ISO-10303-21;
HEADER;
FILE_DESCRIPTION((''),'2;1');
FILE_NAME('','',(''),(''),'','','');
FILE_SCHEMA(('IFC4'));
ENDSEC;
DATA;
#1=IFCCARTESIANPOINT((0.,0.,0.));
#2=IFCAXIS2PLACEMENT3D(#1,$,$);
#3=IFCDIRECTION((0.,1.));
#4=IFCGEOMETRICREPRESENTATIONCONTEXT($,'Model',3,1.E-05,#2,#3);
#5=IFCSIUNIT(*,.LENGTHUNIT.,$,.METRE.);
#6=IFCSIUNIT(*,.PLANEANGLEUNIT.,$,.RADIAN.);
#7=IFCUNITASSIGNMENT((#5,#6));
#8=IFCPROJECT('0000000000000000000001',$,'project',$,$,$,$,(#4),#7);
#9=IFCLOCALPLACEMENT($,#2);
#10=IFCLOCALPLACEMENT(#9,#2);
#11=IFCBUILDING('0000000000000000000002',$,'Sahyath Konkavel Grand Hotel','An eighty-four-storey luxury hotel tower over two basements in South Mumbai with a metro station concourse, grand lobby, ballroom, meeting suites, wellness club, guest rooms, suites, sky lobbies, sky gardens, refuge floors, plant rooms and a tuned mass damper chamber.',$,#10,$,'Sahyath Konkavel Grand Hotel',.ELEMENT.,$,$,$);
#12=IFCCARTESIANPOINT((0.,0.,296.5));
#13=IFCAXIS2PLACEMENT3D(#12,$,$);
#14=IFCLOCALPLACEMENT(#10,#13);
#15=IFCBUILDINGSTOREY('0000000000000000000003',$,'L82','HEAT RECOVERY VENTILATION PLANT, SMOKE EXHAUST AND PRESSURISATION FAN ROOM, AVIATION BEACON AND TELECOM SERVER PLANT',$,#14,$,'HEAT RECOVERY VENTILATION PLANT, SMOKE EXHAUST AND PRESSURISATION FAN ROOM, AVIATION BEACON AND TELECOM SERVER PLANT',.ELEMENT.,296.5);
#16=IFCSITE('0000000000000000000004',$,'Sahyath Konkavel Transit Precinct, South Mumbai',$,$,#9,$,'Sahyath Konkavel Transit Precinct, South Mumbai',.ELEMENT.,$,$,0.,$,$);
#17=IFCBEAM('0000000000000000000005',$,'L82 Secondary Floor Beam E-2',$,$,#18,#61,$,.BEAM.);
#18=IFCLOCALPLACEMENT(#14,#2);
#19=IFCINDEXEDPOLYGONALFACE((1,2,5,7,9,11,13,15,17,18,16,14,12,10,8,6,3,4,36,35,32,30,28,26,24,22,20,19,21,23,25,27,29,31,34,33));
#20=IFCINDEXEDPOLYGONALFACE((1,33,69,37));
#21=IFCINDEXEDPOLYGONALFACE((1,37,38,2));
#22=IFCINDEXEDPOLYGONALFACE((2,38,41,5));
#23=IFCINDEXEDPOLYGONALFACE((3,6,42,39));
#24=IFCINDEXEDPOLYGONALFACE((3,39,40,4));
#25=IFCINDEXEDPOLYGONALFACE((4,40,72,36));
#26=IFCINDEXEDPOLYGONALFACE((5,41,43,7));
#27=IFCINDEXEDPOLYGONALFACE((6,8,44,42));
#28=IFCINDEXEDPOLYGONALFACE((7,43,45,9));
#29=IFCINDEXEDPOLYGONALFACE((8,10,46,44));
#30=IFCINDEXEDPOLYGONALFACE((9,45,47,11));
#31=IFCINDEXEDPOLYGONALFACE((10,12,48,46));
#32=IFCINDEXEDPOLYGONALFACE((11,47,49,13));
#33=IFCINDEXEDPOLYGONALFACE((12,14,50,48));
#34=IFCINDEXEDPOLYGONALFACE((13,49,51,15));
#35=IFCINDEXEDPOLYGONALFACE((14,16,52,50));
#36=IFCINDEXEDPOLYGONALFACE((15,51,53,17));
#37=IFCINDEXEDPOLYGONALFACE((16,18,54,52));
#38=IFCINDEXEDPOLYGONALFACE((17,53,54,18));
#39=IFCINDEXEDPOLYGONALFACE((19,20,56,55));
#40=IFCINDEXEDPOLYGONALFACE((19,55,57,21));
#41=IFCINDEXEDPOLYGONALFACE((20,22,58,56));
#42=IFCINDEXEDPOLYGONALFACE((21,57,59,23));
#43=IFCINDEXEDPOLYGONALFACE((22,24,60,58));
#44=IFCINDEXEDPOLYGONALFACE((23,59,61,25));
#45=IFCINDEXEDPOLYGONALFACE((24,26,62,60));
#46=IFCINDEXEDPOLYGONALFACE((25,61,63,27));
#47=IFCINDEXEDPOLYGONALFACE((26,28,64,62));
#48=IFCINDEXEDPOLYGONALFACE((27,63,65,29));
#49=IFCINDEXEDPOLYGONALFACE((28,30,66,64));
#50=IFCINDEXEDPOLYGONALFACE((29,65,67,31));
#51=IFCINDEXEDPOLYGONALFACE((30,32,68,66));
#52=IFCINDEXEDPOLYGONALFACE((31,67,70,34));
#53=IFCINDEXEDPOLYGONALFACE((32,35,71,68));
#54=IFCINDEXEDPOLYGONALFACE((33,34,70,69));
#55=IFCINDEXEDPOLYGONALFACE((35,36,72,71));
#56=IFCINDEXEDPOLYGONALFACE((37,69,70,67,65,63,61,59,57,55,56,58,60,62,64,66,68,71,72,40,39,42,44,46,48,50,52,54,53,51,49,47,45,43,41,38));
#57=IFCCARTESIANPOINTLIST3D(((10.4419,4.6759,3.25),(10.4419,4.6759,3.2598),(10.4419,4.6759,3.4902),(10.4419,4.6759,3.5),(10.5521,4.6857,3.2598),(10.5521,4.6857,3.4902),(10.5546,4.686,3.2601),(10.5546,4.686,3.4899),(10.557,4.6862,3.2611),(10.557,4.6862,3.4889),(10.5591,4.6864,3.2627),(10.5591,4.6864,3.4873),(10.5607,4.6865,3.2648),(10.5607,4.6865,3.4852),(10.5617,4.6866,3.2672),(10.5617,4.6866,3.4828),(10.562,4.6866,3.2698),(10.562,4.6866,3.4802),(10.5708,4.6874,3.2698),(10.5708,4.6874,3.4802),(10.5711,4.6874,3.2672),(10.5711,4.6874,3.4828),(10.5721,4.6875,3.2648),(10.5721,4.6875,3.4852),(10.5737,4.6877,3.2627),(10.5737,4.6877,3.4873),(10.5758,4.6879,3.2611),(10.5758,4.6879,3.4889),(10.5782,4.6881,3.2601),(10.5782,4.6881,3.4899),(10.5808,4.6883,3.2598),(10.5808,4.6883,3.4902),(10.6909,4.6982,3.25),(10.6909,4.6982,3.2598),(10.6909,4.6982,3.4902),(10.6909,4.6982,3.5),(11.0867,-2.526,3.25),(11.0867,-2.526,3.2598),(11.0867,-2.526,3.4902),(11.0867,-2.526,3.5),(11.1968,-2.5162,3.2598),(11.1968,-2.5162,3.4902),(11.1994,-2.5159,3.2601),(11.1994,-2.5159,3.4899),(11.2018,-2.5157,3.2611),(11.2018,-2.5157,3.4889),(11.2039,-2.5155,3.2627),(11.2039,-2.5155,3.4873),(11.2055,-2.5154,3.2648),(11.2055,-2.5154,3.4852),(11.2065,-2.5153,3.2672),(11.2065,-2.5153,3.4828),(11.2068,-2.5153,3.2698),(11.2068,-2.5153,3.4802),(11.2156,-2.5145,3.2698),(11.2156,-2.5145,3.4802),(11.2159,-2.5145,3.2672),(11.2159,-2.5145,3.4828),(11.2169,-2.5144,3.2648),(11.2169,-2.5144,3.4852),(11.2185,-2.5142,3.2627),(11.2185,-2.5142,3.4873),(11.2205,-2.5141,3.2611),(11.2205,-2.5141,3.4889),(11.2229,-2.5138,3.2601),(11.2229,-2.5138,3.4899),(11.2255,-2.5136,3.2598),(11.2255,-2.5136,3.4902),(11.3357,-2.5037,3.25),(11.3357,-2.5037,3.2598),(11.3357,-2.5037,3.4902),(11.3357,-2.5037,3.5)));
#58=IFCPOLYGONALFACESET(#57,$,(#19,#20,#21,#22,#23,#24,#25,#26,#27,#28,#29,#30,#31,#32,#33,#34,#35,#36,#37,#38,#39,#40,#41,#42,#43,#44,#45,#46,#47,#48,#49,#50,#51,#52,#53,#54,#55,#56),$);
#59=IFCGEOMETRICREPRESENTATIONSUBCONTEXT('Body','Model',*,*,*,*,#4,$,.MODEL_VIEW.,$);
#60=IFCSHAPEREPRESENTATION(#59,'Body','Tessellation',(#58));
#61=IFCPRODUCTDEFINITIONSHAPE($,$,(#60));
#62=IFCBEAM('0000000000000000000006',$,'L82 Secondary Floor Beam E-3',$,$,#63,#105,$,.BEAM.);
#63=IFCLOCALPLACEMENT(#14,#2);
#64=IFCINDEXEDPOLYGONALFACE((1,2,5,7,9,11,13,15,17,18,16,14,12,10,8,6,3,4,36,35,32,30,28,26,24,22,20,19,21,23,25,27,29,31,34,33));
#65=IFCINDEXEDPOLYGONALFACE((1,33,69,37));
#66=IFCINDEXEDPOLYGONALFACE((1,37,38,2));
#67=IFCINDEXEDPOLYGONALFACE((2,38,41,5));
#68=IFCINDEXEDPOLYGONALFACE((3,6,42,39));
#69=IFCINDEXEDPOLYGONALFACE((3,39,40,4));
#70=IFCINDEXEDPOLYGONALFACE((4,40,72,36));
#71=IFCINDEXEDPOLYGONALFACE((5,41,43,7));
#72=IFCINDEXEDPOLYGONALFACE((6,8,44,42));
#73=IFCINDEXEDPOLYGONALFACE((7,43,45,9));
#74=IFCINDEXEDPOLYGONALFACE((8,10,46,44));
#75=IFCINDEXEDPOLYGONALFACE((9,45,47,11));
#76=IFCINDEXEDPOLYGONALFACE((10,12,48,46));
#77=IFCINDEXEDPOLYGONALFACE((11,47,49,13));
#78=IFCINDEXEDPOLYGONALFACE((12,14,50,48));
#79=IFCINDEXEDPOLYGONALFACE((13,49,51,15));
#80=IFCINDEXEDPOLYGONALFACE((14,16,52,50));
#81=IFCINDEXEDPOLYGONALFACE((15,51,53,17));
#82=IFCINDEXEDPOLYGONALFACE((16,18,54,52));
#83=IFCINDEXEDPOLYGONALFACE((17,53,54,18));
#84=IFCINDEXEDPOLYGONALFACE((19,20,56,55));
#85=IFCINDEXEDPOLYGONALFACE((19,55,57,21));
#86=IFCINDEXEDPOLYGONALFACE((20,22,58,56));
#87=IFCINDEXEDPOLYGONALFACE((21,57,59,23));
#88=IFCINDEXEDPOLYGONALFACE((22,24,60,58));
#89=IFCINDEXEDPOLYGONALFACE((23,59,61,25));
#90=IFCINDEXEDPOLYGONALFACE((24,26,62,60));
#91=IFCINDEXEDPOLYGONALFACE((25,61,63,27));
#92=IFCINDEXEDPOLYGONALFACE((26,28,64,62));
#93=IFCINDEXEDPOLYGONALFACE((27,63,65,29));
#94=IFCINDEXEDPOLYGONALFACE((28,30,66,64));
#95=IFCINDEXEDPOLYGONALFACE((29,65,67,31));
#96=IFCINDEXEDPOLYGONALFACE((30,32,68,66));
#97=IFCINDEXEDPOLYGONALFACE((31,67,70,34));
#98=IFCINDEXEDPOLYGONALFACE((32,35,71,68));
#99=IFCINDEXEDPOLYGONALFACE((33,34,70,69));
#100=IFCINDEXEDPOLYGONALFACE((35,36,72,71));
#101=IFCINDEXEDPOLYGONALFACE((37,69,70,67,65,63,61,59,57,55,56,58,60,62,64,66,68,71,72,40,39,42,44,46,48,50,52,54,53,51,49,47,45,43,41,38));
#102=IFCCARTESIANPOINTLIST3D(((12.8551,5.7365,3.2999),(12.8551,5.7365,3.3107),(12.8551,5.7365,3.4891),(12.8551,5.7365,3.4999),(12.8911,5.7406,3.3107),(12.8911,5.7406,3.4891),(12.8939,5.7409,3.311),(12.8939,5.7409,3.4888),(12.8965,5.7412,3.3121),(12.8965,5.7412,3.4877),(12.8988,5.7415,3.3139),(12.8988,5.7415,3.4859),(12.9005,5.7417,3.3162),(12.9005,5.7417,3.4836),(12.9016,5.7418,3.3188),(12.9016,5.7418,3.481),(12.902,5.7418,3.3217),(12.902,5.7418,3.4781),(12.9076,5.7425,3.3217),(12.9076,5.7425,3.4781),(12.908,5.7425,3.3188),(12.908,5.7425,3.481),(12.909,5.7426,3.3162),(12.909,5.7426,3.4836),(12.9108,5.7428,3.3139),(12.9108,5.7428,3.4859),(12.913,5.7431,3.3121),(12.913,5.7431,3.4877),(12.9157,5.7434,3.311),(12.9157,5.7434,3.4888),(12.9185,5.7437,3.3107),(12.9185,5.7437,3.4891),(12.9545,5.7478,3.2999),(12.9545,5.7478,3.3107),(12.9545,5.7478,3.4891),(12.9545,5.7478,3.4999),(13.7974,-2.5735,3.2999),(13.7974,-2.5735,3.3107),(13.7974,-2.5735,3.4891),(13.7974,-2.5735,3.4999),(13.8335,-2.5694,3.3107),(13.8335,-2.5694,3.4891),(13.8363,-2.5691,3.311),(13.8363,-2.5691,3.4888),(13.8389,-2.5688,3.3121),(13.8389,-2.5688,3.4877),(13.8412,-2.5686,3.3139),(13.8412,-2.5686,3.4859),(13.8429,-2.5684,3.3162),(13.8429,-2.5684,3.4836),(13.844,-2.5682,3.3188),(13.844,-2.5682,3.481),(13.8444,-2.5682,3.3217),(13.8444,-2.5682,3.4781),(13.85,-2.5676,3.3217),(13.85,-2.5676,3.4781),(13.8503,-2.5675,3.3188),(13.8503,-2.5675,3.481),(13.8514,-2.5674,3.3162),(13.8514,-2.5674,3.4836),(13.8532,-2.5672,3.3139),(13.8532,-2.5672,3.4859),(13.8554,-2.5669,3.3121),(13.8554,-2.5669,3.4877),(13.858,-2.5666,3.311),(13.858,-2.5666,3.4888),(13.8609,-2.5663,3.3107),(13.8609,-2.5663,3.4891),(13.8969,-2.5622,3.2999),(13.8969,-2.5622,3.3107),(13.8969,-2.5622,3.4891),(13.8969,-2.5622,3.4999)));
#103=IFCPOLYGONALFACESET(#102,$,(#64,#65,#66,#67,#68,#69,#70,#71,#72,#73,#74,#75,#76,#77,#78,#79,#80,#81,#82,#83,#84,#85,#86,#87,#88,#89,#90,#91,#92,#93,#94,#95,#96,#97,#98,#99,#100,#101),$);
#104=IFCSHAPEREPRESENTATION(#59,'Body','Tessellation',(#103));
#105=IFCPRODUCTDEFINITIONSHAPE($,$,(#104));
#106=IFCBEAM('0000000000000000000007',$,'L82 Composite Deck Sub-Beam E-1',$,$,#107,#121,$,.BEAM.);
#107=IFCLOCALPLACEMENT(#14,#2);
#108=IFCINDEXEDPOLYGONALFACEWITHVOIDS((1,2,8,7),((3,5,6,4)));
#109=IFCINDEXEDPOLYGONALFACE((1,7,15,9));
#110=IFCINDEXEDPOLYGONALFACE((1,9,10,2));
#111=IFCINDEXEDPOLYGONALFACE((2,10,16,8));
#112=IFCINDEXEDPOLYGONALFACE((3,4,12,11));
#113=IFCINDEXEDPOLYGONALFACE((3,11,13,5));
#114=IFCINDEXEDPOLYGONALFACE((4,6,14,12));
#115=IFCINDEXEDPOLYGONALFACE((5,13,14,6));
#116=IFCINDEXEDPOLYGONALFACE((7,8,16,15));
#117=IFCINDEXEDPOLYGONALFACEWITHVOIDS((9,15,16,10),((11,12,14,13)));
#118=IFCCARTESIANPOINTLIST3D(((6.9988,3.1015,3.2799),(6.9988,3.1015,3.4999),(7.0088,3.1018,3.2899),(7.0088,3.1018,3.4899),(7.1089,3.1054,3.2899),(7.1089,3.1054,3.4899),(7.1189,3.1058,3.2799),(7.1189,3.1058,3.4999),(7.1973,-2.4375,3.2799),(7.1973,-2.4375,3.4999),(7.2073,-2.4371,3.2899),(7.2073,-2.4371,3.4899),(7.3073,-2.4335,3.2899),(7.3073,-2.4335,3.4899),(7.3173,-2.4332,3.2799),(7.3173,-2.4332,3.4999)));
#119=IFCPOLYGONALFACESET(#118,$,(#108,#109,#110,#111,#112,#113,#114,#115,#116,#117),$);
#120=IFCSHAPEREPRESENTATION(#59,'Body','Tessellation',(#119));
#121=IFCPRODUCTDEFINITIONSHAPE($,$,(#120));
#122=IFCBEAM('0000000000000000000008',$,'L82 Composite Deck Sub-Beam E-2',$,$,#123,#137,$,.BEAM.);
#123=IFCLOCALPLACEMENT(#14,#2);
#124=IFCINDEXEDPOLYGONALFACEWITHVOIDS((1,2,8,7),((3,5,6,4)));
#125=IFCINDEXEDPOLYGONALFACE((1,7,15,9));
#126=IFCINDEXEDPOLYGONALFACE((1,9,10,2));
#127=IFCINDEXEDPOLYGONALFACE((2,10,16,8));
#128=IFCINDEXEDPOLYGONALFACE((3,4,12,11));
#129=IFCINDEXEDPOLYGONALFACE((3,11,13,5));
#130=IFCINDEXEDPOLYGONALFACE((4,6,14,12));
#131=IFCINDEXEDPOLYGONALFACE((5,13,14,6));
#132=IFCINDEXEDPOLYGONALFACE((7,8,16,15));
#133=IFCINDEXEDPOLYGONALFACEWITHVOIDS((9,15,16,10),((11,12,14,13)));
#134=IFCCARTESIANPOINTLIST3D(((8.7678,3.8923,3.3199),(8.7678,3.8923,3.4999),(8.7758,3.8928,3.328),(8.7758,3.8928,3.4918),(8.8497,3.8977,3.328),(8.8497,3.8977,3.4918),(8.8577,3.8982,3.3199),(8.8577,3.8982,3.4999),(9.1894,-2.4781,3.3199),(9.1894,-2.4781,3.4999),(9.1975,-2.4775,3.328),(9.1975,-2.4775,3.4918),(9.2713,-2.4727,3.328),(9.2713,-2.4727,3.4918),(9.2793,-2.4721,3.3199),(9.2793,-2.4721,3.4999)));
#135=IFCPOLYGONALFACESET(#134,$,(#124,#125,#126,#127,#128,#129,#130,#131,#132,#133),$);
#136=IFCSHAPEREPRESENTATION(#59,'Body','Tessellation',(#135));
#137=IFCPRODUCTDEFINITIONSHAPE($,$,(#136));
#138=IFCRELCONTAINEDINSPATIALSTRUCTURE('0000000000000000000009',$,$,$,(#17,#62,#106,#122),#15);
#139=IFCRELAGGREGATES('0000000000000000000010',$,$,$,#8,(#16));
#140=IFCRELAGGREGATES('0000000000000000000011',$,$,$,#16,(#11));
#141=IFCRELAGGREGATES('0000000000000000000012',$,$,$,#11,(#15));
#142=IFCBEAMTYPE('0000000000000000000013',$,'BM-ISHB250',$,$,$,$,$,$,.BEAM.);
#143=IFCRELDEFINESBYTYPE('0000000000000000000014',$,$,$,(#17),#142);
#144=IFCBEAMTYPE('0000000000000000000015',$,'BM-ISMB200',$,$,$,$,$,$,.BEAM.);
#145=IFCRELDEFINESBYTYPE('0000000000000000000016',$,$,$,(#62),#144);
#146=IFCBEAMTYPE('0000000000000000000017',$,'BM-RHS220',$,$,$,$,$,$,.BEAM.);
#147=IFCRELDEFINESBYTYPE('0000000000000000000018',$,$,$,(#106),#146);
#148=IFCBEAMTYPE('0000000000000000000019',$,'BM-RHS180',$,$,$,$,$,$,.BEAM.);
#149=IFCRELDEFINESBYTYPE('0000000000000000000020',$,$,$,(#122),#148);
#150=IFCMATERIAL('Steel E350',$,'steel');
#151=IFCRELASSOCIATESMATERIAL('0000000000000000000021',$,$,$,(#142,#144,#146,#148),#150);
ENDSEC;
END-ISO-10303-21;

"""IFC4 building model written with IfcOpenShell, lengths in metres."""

from ifc_helpers import new_model, si_unit, direction, frame, origin, origin_2d, place, context, subcontext, project, spatial, hollow_rectangle, i_section, extrude, source, transform, mapped, material, material_profile, profile_set, type_object, element, save


model = new_model("IFC4")

# Units and contexts
model_context = context("Model", 3, precision=1e-05, world=origin(), true_north=direction((0.0, 1.0)))
body_context = subcontext(model_context, "Body", "Model", "MODEL_VIEW")
ifc_project = project(units=[si_unit("LENGTHUNIT", "METRE"), si_unit("PLANEANGLEUNIT", "RADIAN")], contexts=[model_context])

# Site, building, storey
site_placement = place(None, origin())
site = spatial("IfcSite", under=ifc_project, at=site_placement, Name="Sahyath Konkavel Transit Precinct, South Mumbai", LongName="Sahyath Konkavel Transit Precinct, South Mumbai", CompositionType="ELEMENT", RefElevation=0.0)
building_placement = place(site_placement, origin())
building = spatial("IfcBuilding", under=site, at=building_placement, Name="Sahyath Konkavel Grand Hotel", Description="An eighty-four-storey luxury hotel tower over two basements in South Mumbai with a metro station concourse, grand lobby, ballroom, meeting suites, wellness club, guest rooms, suites, sky lobbies, sky gardens, refuge floors, plant rooms and a tuned mass damper chamber.", LongName="Sahyath Konkavel Grand Hotel", CompositionType="ELEMENT")
storey_placement = place(building_placement, frame((0.0, 0.0, 296.5)))
storey = spatial("IfcBuildingStorey", under=building, at=storey_placement, Name="L82", Description="HEAT RECOVERY VENTILATION PLANT, SMOKE EXHAUST AND PRESSURISATION FAN ROOM, AVIATION BEACON AND TELECOM SERVER PLANT", LongName="HEAT RECOVERY VENTILATION PLANT, SMOKE EXHAUST AND PRESSURISATION FAN ROOM, AVIATION BEACON AND TELECOM SERVER PLANT", CompositionType="ELEMENT", Elevation=296.5)

# Beams
ifc_material_1 = material(Name="Steel E350", Category="steel")
ifc_material_profile_1 = material_profile(ifc_material_1, i_section(OverallWidth=0.25, OverallDepth=0.25, WebThickness=0.0088, FlangeThickness=0.0098, FilletRadius=0.01, at=origin_2d()), Name="ISHB 250")
ifc_profile_set_1 = profile_set([ifc_material_profile_1], Name="Steel E350")
beam_type_1 = type_object("IfcBeamType", Name="BM-ISHB250", PredefinedType="BEAM", material=ifc_profile_set_1)
shared_shape_1 = source(origin(), body_context, "Body", "SweptSolid", [
    extrude(i_section(OverallWidth=0.25, OverallDepth=0.25, WebThickness=0.0088, FlangeThickness=0.0098, FilletRadius=0.01, at=origin_2d()), origin(), (0.0, 0.0, 1.0), 7.2307),
])
beam_1_placement = place(storey_placement, frame((11.2112, -2.5149, 3.375), z_axis=(-0.089172, 0.996016, 0.0), x_axis=(-0.996016, -0.089172, 0.0)))
element("IfcBeam", 1, at=beam_1_placement, inside=storey, type_object=beam_type_1, Name="L82 Secondary Floor Beam E-2", PredefinedType="BEAM", context=body_context, shape_type="MappedRepresentation", body=[
    mapped(shared_shape_1, transform((0.0, 0.0, 0.0), scale=1.0)),
])
ifc_material_profile_2 = material_profile(ifc_material_1, i_section(OverallWidth=0.1001, OverallDepth=0.2, WebThickness=0.0056, FlangeThickness=0.0107, FilletRadius=0.011, at=origin_2d()), Name="ISMB 200")
ifc_profile_set_2 = profile_set([ifc_material_profile_2], Name="Steel E350")
beam_type_2 = type_object("IfcBeamType", Name="BM-ISMB200", PredefinedType="BEAM", material=ifc_profile_set_2)
shared_shape_2 = source(origin(), body_context, "Body", "SweptSolid", [
    extrude(i_section(OverallWidth=0.1001, OverallDepth=0.2, WebThickness=0.0056, FlangeThickness=0.0107, FilletRadius=0.011, at=origin_2d()), origin(), (0.0, 0.0, 1.0), 8.3633),
])
beam_2_placement = place(storey_placement, frame((13.8472, -2.5679, 3.3999), z_axis=(-0.11268, 0.993631, 0.0), x_axis=(-0.993631, -0.11268, 0.0)))
element("IfcBeam", 2, at=beam_2_placement, inside=storey, type_object=beam_type_2, Name="L82 Secondary Floor Beam E-3", PredefinedType="BEAM", context=body_context, shape_type="MappedRepresentation", body=[
    mapped(shared_shape_2, transform((0.0, 0.0, 0.0), scale=1.0)),
])
ifc_material_profile_3 = material_profile(ifc_material_1, hollow_rectangle(XDim=0.1201, YDim=0.22, WallThickness=0.01, at=origin_2d()), Name="RHS 220x120x10")
ifc_profile_set_3 = profile_set([ifc_material_profile_3], Name="Steel E350")
beam_type_3 = type_object("IfcBeamType", Name="BM-RHS220", PredefinedType="BEAM", material=ifc_profile_set_3)
shared_shape_3 = source(origin(), body_context, "Body", "SweptSolid", [
    extrude(hollow_rectangle(XDim=0.1201, YDim=0.22, WallThickness=0.01, at=origin_2d()), origin(), (0.0, 0.0, 1.0), 5.5425),
])
beam_3_placement = place(storey_placement, frame((7.2573, -2.4353, 3.3899), z_axis=(-0.035813, 0.999359, 0.0), x_axis=(-0.999359, -0.035813, 0.0)))
element("IfcBeam", 3, at=beam_3_placement, inside=storey, type_object=beam_type_3, Name="L82 Composite Deck Sub-Beam E-1", PredefinedType="BEAM", context=body_context, shape_type="MappedRepresentation", body=[
    mapped(shared_shape_3, transform((0.0, 0.0, 0.0), scale=1.0)),
])
ifc_material_profile_4 = material_profile(ifc_material_1, hollow_rectangle(XDim=0.0901, YDim=0.1799, WallThickness=0.0081, at=origin_2d()), Name="RHS 180x90x8")
ifc_profile_set_4 = profile_set([ifc_material_profile_4], Name="Steel E350")
beam_type_4 = type_object("IfcBeamType", Name="BM-RHS180", PredefinedType="BEAM", material=ifc_profile_set_4)
shared_shape_4 = source(origin(), body_context, "Body", "SweptSolid", [
    extrude(hollow_rectangle(XDim=0.0901, YDim=0.1799, WallThickness=0.0081, at=origin_2d()), origin(), (0.0, 0.0, 1.0), 6.3843),
])
beam_4_placement = place(storey_placement, frame((9.2344, -2.4751, 3.4099), z_axis=(-0.066042, 0.997817, 0.0), x_axis=(-0.997817, -0.066042, 0.0)))
element("IfcBeam", 4, at=beam_4_placement, inside=storey, type_object=beam_type_4, Name="L82 Composite Deck Sub-Beam E-2", PredefinedType="BEAM", context=body_context, shape_type="MappedRepresentation", body=[
    mapped(shared_shape_4, transform((0.0, 0.0, 0.0), scale=1.0)),
])

save(model, "model.ifc")
